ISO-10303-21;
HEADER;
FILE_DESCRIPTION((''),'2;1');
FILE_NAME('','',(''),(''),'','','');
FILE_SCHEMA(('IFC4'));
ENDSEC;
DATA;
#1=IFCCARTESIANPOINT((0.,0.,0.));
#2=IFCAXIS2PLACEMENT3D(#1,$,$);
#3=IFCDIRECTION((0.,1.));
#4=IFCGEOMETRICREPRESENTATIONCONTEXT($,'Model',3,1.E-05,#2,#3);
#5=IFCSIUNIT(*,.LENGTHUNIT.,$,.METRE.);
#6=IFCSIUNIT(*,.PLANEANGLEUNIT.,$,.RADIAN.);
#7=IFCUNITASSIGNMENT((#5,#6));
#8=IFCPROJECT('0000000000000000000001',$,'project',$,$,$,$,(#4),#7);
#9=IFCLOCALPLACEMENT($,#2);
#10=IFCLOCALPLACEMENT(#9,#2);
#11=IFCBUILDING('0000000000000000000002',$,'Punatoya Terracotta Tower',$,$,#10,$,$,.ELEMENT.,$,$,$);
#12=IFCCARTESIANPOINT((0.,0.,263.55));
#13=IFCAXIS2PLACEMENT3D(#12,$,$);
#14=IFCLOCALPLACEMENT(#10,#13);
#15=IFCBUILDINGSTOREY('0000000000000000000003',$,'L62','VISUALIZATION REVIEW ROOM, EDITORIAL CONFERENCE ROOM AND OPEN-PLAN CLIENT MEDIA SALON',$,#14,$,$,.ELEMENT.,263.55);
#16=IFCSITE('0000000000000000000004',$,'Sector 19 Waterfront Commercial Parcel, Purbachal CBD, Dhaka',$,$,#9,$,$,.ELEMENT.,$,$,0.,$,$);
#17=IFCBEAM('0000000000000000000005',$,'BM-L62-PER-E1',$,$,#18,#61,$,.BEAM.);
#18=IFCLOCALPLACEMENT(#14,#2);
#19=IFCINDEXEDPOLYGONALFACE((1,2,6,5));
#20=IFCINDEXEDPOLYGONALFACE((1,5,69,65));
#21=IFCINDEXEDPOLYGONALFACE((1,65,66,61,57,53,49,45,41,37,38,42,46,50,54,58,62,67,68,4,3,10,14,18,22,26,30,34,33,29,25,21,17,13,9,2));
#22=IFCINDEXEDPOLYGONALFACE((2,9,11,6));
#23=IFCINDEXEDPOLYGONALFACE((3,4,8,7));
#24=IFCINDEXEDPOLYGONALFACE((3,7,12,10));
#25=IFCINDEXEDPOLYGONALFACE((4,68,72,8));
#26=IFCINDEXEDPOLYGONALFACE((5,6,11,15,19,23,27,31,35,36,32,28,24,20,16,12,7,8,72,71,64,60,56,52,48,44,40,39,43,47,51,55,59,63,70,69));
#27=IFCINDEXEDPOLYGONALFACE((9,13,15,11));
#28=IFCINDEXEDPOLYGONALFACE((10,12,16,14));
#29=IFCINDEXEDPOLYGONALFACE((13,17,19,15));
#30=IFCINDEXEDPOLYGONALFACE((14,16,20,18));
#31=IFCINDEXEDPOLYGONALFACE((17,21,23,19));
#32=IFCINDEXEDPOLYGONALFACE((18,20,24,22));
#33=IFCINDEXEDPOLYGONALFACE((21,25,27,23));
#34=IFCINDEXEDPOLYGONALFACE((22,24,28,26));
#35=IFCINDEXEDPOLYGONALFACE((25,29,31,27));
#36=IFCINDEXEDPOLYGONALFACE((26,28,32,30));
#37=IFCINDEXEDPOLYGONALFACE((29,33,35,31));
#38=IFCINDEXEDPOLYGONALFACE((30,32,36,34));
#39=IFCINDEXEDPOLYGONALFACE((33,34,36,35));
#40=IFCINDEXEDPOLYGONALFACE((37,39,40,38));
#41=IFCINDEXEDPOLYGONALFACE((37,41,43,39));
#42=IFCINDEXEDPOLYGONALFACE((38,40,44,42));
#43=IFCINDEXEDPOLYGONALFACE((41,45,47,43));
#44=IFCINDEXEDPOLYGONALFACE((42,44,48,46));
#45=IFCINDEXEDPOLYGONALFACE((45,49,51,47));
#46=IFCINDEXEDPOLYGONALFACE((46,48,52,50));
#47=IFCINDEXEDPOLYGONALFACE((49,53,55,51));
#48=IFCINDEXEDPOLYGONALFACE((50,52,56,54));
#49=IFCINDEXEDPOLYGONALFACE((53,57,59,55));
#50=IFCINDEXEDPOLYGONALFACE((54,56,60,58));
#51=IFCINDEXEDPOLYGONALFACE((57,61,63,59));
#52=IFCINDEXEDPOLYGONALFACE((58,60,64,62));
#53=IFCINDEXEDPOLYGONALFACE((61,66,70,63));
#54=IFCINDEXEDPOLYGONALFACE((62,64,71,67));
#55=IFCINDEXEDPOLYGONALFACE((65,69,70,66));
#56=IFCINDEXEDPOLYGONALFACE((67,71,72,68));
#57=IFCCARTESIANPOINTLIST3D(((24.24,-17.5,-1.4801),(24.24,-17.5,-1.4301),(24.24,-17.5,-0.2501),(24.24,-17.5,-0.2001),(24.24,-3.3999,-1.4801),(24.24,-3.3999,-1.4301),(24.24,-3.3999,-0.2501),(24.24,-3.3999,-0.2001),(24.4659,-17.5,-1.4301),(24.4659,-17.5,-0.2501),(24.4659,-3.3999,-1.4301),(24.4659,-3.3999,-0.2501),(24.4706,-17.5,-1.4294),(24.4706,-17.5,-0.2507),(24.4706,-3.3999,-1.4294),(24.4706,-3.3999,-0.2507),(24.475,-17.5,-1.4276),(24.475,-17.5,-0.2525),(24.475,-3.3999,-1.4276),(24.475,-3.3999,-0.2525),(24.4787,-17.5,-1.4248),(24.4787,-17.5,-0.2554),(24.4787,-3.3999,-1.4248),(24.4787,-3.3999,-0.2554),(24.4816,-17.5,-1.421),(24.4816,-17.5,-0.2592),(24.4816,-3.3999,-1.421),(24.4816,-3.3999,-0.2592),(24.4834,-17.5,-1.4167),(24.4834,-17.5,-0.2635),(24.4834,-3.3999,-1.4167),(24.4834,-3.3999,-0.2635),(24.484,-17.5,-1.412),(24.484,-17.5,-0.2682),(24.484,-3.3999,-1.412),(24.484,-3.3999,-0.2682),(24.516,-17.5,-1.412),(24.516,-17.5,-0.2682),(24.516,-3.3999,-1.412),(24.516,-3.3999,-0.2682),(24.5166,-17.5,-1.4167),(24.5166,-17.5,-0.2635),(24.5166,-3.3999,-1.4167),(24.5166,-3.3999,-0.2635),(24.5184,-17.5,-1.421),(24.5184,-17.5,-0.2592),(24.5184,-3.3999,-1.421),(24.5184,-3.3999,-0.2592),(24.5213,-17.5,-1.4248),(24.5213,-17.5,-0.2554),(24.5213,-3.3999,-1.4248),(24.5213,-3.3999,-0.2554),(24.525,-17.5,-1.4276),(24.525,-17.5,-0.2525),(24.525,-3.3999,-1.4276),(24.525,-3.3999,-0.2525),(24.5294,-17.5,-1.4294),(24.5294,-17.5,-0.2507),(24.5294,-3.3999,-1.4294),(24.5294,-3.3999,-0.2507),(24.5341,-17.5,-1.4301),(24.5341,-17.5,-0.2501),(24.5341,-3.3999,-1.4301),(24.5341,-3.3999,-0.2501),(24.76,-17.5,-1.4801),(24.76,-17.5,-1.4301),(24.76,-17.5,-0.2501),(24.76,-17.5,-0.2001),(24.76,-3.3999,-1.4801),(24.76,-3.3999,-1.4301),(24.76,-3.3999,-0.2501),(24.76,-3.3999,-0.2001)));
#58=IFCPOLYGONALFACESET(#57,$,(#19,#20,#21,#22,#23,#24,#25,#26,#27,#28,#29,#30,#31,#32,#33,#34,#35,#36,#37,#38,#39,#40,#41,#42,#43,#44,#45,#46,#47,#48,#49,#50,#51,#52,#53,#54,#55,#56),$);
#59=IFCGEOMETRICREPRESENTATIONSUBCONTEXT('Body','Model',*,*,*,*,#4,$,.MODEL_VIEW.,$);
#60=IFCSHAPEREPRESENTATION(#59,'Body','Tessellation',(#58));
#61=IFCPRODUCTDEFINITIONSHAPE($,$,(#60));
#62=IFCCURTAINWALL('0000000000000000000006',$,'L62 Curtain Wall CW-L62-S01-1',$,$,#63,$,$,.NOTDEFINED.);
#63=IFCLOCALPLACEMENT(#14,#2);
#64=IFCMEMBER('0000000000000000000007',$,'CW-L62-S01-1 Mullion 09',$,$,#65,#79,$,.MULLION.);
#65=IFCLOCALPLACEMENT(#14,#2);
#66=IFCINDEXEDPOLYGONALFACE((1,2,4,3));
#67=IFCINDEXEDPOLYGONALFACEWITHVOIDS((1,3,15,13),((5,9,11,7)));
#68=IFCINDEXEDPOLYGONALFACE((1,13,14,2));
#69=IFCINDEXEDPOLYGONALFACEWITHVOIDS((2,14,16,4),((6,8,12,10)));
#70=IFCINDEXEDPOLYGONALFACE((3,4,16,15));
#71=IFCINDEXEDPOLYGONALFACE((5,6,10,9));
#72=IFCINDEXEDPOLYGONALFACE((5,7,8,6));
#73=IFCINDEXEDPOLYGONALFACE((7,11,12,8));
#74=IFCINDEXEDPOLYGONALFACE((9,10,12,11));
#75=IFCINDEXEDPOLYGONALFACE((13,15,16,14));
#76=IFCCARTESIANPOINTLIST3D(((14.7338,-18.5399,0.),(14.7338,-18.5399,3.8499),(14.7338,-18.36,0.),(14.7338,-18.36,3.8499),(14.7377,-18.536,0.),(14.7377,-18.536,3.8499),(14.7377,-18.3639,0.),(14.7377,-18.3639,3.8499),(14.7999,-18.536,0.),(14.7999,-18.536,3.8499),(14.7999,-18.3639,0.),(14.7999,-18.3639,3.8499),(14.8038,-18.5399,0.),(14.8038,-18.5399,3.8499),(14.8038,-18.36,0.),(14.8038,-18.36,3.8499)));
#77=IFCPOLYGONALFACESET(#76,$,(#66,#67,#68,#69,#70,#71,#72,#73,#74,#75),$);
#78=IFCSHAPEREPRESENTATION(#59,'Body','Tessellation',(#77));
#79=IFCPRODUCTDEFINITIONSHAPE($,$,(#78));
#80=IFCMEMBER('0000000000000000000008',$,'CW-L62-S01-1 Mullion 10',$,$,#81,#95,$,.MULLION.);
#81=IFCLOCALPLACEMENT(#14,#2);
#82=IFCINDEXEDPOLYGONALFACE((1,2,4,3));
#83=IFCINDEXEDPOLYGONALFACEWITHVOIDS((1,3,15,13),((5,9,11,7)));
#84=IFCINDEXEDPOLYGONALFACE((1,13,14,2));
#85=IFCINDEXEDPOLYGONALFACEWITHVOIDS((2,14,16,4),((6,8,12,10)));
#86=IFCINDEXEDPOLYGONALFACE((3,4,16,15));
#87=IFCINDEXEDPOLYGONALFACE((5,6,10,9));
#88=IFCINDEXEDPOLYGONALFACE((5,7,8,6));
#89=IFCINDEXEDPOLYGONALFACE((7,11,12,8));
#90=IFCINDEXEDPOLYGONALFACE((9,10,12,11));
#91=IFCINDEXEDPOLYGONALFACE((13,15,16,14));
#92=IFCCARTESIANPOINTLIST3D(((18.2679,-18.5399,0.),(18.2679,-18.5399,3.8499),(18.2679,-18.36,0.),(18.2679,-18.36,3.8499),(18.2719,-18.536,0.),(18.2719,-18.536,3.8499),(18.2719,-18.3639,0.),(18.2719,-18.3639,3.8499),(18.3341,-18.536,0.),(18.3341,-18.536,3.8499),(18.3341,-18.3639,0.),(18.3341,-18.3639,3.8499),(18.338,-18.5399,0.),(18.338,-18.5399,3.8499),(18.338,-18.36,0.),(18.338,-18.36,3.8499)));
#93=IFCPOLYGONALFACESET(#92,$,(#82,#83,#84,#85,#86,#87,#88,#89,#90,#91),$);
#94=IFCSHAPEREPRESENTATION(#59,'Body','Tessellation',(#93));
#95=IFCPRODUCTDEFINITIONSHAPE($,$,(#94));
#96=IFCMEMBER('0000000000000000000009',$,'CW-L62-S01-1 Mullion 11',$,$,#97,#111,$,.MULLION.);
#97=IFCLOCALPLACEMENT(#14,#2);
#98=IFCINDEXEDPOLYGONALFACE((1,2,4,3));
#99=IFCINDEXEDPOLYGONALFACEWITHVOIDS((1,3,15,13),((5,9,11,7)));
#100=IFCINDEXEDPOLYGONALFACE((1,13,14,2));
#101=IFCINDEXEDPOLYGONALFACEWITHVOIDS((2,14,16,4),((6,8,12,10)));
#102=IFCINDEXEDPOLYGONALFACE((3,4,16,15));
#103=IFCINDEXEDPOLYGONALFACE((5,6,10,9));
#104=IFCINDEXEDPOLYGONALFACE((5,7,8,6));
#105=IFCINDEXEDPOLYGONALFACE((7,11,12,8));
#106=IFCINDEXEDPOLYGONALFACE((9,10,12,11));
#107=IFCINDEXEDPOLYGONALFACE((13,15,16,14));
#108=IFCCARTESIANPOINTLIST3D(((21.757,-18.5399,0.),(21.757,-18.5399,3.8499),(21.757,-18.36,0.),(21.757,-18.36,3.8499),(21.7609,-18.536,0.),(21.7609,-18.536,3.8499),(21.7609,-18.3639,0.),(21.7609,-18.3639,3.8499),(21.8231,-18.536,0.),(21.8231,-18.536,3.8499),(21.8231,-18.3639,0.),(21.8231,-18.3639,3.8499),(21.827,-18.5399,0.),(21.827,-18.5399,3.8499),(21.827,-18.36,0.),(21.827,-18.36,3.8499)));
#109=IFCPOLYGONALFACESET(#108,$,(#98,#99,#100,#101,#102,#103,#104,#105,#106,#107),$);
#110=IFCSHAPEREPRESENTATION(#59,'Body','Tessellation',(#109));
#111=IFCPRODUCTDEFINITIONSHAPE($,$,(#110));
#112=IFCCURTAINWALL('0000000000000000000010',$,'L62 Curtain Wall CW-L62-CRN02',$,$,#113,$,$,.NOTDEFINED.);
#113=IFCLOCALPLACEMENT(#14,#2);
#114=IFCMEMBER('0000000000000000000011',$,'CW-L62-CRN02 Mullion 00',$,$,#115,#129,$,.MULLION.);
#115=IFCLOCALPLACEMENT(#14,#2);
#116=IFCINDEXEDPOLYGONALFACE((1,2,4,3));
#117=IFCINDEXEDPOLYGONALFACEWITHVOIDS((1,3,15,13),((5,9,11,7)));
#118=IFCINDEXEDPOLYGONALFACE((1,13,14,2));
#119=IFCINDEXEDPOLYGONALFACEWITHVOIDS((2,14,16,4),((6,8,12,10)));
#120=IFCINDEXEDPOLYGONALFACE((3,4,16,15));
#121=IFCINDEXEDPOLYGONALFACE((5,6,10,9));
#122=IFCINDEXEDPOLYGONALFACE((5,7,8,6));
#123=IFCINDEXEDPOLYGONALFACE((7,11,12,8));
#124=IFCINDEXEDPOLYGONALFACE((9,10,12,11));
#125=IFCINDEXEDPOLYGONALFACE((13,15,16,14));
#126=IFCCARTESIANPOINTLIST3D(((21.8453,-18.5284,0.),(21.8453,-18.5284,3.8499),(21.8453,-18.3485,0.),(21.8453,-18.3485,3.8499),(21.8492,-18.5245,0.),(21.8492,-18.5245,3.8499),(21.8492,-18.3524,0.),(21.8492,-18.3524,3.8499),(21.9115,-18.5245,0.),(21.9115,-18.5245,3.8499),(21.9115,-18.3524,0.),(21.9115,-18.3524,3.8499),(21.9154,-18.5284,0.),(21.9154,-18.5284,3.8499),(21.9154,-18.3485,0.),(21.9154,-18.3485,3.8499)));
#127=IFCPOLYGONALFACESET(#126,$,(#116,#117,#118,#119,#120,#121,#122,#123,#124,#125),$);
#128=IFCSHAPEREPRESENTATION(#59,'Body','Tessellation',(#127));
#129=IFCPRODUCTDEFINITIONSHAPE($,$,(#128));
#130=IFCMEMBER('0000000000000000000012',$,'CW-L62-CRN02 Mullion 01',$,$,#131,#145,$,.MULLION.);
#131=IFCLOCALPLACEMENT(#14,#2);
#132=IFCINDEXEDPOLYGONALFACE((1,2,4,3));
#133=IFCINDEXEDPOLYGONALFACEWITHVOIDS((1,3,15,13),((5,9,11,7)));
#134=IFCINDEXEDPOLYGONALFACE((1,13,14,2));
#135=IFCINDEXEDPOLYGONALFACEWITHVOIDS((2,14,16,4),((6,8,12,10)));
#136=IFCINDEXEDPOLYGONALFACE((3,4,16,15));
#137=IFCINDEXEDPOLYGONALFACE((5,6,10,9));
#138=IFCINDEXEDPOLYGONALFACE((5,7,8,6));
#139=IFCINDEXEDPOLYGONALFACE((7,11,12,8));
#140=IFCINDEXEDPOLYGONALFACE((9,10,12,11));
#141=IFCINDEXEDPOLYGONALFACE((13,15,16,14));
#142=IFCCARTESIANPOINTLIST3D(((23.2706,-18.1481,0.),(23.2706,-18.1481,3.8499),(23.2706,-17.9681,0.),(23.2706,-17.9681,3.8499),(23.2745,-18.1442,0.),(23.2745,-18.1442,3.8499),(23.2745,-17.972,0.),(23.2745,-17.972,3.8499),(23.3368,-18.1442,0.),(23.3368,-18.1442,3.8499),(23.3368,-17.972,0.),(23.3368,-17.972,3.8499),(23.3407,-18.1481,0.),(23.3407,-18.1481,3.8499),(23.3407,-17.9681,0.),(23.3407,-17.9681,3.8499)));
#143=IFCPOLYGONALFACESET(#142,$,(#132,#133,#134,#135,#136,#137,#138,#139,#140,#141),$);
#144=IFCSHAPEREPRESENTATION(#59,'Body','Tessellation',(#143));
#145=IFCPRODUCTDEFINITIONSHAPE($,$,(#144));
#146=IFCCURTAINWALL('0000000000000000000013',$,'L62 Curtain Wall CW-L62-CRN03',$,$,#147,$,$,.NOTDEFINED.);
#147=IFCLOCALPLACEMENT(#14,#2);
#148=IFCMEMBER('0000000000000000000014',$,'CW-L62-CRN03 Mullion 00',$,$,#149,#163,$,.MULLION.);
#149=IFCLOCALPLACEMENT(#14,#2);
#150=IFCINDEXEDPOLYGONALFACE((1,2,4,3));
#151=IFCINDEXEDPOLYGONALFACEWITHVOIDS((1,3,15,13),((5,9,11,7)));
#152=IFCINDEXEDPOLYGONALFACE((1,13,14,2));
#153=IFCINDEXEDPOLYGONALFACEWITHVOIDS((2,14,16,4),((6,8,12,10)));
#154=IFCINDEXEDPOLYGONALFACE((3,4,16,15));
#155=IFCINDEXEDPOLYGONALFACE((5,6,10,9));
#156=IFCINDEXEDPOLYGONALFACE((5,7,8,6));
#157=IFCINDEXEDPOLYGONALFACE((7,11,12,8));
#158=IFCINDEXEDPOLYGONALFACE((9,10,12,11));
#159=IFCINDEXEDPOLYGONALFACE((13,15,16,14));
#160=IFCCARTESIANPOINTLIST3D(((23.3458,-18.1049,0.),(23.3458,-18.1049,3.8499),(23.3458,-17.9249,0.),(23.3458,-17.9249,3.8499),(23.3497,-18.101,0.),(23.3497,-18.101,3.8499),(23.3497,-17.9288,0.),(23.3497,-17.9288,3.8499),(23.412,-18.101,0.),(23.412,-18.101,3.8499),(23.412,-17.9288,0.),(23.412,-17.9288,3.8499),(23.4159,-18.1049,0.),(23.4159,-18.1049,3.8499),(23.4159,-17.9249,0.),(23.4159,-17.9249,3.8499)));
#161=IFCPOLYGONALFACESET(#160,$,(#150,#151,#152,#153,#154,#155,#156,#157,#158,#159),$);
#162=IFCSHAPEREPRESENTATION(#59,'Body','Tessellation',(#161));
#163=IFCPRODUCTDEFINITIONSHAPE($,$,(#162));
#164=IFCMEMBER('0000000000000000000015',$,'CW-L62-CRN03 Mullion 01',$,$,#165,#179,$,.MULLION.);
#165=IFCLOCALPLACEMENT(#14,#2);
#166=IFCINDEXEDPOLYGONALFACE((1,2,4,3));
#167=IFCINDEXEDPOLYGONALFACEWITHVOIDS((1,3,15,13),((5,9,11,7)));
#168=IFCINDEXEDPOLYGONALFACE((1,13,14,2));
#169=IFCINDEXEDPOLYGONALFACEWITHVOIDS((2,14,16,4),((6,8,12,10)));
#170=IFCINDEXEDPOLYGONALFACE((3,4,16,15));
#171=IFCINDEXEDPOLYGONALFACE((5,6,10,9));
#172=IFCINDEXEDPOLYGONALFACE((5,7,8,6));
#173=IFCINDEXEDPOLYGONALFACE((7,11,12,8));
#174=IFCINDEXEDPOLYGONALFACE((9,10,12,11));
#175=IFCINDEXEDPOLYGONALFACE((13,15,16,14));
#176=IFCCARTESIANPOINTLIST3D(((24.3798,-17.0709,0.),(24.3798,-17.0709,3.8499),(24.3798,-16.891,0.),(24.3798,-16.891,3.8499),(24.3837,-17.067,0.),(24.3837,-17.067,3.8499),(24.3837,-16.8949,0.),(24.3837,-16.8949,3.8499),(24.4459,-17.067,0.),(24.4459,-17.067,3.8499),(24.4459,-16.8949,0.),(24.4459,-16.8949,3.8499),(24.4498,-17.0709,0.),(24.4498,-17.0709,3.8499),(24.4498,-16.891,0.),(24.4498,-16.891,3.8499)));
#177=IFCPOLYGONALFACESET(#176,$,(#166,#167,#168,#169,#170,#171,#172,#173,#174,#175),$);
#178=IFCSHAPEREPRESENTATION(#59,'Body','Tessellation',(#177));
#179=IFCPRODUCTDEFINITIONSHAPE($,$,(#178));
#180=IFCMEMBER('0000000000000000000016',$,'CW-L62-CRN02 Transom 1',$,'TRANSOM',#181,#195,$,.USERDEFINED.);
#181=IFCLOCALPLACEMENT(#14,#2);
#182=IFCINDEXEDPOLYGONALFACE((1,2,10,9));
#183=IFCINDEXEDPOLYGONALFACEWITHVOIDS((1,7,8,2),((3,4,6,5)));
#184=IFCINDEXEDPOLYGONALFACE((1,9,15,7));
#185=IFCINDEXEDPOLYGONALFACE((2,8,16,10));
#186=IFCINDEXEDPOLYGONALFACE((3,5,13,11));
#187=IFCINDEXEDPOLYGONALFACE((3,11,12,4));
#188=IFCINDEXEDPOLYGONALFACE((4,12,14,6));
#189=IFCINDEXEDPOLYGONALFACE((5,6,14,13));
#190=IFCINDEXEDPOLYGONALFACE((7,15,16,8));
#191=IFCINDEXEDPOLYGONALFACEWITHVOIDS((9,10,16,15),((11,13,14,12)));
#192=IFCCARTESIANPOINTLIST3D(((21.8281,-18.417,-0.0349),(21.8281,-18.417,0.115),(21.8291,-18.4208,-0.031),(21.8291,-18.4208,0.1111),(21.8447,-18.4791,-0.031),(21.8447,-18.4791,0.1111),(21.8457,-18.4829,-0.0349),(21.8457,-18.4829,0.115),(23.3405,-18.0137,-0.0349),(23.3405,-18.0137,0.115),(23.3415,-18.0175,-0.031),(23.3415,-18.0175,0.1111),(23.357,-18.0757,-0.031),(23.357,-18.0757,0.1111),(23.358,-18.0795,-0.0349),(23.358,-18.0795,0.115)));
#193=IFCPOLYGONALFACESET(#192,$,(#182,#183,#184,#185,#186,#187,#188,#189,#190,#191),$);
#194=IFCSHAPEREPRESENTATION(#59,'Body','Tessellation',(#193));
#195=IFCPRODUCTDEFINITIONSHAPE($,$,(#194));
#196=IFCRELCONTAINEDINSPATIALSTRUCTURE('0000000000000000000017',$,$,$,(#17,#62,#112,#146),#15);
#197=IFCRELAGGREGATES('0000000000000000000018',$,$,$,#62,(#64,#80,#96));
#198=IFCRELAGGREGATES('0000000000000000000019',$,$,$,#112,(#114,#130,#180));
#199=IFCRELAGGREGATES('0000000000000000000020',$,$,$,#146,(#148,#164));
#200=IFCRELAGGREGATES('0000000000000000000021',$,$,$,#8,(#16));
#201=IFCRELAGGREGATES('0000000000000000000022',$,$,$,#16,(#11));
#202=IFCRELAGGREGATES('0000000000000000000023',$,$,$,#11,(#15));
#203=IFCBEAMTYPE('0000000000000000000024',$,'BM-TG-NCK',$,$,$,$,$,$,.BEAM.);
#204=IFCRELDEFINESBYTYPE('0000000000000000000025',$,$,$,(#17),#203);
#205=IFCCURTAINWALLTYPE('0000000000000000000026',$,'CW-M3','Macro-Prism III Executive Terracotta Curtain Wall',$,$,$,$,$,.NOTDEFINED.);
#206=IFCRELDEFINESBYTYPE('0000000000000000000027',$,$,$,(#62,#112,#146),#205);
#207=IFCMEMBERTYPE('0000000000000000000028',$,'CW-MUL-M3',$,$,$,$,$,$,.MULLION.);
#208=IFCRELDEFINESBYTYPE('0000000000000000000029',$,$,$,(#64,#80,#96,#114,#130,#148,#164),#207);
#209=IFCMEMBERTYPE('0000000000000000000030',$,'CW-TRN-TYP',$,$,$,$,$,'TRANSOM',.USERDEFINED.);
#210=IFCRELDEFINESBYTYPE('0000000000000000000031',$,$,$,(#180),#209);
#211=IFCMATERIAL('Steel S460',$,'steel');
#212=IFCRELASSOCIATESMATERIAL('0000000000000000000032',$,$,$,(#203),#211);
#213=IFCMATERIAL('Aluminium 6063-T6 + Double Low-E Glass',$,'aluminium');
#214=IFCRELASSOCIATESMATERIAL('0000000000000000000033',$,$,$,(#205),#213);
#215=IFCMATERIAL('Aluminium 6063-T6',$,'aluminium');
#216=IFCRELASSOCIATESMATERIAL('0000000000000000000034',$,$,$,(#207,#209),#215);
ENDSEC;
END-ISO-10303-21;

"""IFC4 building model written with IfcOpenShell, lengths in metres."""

from ifc_helpers import new_model, si_unit, direction, frame, origin, origin_2d, place, context, subcontext, project, spatial, hollow_rectangle, i_section, extrude, material, material_profile, profile_set, type_object, element, aggregate, save


model = new_model("IFC4")

# Units and contexts
model_context = context("Model", 3, precision=1e-05, world=origin(), true_north=direction((0.0, 1.0)))
body_context = subcontext(model_context, "Body", "Model", "MODEL_VIEW")
ifc_project = project(units=[si_unit("LENGTHUNIT", "METRE"), si_unit("PLANEANGLEUNIT", "RADIAN")], contexts=[model_context])

# Site, building, storey
site_placement = place(None, origin())
site = spatial("IfcSite", under=ifc_project, at=site_placement, Name="Sector 19 Waterfront Commercial Parcel, Purbachal CBD, Dhaka", CompositionType="ELEMENT", RefElevation=0.0)
building_placement = place(site_placement, origin())
building = spatial("IfcBuilding", under=site, at=building_placement, Name="Punatoya Terracotta Tower", CompositionType="ELEMENT")
storey_placement = place(building_placement, frame((0.0, 0.0, 263.55)))
storey = spatial("IfcBuildingStorey", under=building, at=storey_placement, Name="L62", Description="VISUALIZATION REVIEW ROOM, EDITORIAL CONFERENCE ROOM AND OPEN-PLAN CLIENT MEDIA SALON", CompositionType="ELEMENT", Elevation=263.55)

# Shared definitions
ifc_material_1 = material(Name="Steel S460", Category="steel")

# Beam
ifc_material_profile_1 = material_profile(ifc_material_1, i_section(OverallWidth=0.52, OverallDepth=1.28, WebThickness=0.032, FlangeThickness=0.05, FilletRadius=0.0181, at=origin_2d()))
ifc_profile_set_1 = profile_set([ifc_material_profile_1], Name="Steel S460")
beam_type_1 = type_object("IfcBeamType", Name="BM-TG-NCK", PredefinedType="BEAM", material=ifc_profile_set_1)
beam_1_placement = place(storey_placement, frame((24.5, -17.5, -0.8401), z_axis=(0.0, 1.0, 0.0), x_axis=(-1.0, 0.0, 0.0)))
element("IfcBeam", 1, at=beam_1_placement, inside=storey, type_object=beam_type_1, Name="BM-L62-PER-E1", PredefinedType="BEAM", context=body_context, shape_type="SweptSolid", body=[
    extrude(i_section(OverallWidth=0.52, OverallDepth=1.28, WebThickness=0.032, FlangeThickness=0.05, FilletRadius=0.0181, at=origin_2d()), origin(), (0.0, 0.0, 1.0), 14.1001),
])

# Curtain walls, members
ifc_material_2 = material(Name="Aluminium 6063-T6 + Double Low-E Glass", Category="aluminium")
curtain_wall_type = type_object("IfcCurtainWallType", Name="CW-M3", Description="Macro-Prism III Executive Terracotta Curtain Wall", PredefinedType="NOTDEFINED", material=ifc_material_2)
curtain_wall_1_placement = place(storey_placement, origin())
curtain_wall_1 = element("IfcCurtainWall", 2, at=curtain_wall_1_placement, inside=storey, type_object=curtain_wall_type, Name="L62 Curtain Wall CW-L62-S01-1", PredefinedType="NOTDEFINED")
ifc_material_3 = material(Name="Aluminium 6063-T6", Category="aluminium")
ifc_material_profile_2 = material_profile(ifc_material_3, hollow_rectangle(XDim=0.0701, YDim=0.1799, WallThickness=0.0039, at=origin_2d()))
ifc_profile_set_2 = profile_set([ifc_material_profile_2], Name="Aluminium 6063-T6")
member_type_1 = type_object("IfcMemberType", Name="CW-MUL-M3", PredefinedType="MULLION", material=ifc_profile_set_2)
member_1_placement = place(storey_placement, frame((14.7688, -18.45, 0.0), z_axis=(0.0, 0.0, 1.0), x_axis=(1.0, 0.0, 0.0)))
member_1 = element("IfcMember", 3, at=member_1_placement, type_object=member_type_1, Name="CW-L62-S01-1 Mullion 09", PredefinedType="MULLION", context=body_context, shape_type="SweptSolid", body=[
    extrude(hollow_rectangle(XDim=0.0701, YDim=0.1799, WallThickness=0.0039, at=origin_2d()), origin(), (0.0, 0.0, 1.0), 3.8499),
])
member_2_placement = place(storey_placement, frame((18.303, -18.45, 0.0), z_axis=(0.0, 0.0, 1.0), x_axis=(1.0, 0.0, 0.0)))
member_2 = element("IfcMember", 4, at=member_2_placement, type_object=member_type_1, Name="CW-L62-S01-1 Mullion 10", PredefinedType="MULLION", context=body_context, shape_type="SweptSolid", body=[
    extrude(hollow_rectangle(XDim=0.0701, YDim=0.1799, WallThickness=0.0039, at=origin_2d()), origin(), (0.0, 0.0, 1.0), 3.8499),
])
member_3_placement = place(storey_placement, frame((21.792, -18.45, 0.0), z_axis=(0.0, 0.0, 1.0), x_axis=(1.0, 0.0, 0.0)))
member_3 = element("IfcMember", 5, at=member_3_placement, type_object=member_type_1, Name="CW-L62-S01-1 Mullion 11", PredefinedType="MULLION", context=body_context, shape_type="SweptSolid", body=[
    extrude(hollow_rectangle(XDim=0.0701, YDim=0.1799, WallThickness=0.0039, at=origin_2d()), origin(), (0.0, 0.0, 1.0), 3.8499),
])
curtain_wall_2_placement = place(storey_placement, origin())
curtain_wall_2 = element("IfcCurtainWall", 6, at=curtain_wall_2_placement, inside=storey, type_object=curtain_wall_type, Name="L62 Curtain Wall CW-L62-CRN02", PredefinedType="NOTDEFINED")
member_4_placement = place(storey_placement, frame((21.8804, -18.4385, 0.0), z_axis=(0.0, 0.0, 1.0), x_axis=(1.0, 0.0, 0.0)))
member_4 = element("IfcMember", 7, at=member_4_placement, type_object=member_type_1, Name="CW-L62-CRN02 Mullion 00", PredefinedType="MULLION", context=body_context, shape_type="SweptSolid", body=[
    extrude(hollow_rectangle(XDim=0.0701, YDim=0.1799, WallThickness=0.0039, at=origin_2d()), origin(), (0.0, 0.0, 1.0), 3.8499),
])
member_5_placement = place(storey_placement, frame((23.3057, -18.0581, 0.0), z_axis=(0.0, 0.0, 1.0), x_axis=(1.0, 0.0, 0.0)))
member_5 = element("IfcMember", 8, at=member_5_placement, type_object=member_type_1, Name="CW-L62-CRN02 Mullion 01", PredefinedType="MULLION", context=body_context, shape_type="SweptSolid", body=[
    extrude(hollow_rectangle(XDim=0.0701, YDim=0.1799, WallThickness=0.0039, at=origin_2d()), origin(), (0.0, 0.0, 1.0), 3.8499),
])
curtain_wall_3_placement = place(storey_placement, origin())
curtain_wall_3 = element("IfcCurtainWall", 9, at=curtain_wall_3_placement, inside=storey, type_object=curtain_wall_type, Name="L62 Curtain Wall CW-L62-CRN03", PredefinedType="NOTDEFINED")
member_6_placement = place(storey_placement, frame((23.3809, -18.0149, 0.0), z_axis=(0.0, 0.0, 1.0), x_axis=(1.0, 0.0, 0.0)))
member_6 = element("IfcMember", 10, at=member_6_placement, type_object=member_type_1, Name="CW-L62-CRN03 Mullion 00", PredefinedType="MULLION", context=body_context, shape_type="SweptSolid", body=[
    extrude(hollow_rectangle(XDim=0.0701, YDim=0.1799, WallThickness=0.0039, at=origin_2d()), origin(), (0.0, 0.0, 1.0), 3.8499),
])
member_7_placement = place(storey_placement, frame((24.4148, -16.981, 0.0), z_axis=(0.0, 0.0, 1.0), x_axis=(1.0, 0.0, 0.0)))
member_7 = element("IfcMember", 11, at=member_7_placement, type_object=member_type_1, Name="CW-L62-CRN03 Mullion 01", PredefinedType="MULLION", context=body_context, shape_type="SweptSolid", body=[
    extrude(hollow_rectangle(XDim=0.0701, YDim=0.1799, WallThickness=0.0039, at=origin_2d()), origin(), (0.0, 0.0, 1.0), 3.8499),
])

# Member
ifc_material_profile_3 = material_profile(ifc_material_3, hollow_rectangle(XDim=0.0681, YDim=0.1499, WallThickness=0.0039, at=origin_2d()))
ifc_profile_set_3 = profile_set([ifc_material_profile_3], Name="Aluminium 6063-T6")
member_type_2 = type_object("IfcMemberType", Name="CW-TRN-TYP", ElementType="TRANSOM", PredefinedType="USERDEFINED", material=ifc_profile_set_3)
member_8_placement = place(storey_placement, frame((21.8369, -18.45, 0.04), z_axis=(0.966225, 0.257701, 0.0), x_axis=(-0.257701, 0.966225, 0.0)))
member_8 = element("IfcMember", 12, at=member_8_placement, type_object=member_type_2, Name="CW-L62-CRN02 Transom 1", ObjectType="TRANSOM", PredefinedType="USERDEFINED", context=body_context, shape_type="SweptSolid", body=[
    extrude(hollow_rectangle(XDim=0.0681, YDim=0.1499, WallThickness=0.0039, at=origin_2d()), origin(), (0.0, 0.0, 1.0), 1.5652),
])

aggregate(curtain_wall_1, [member_1, member_2, member_3])
aggregate(curtain_wall_2, [member_4, member_5, member_8])
aggregate(curtain_wall_3, [member_6, member_7])

save(model, "model.ifc")
